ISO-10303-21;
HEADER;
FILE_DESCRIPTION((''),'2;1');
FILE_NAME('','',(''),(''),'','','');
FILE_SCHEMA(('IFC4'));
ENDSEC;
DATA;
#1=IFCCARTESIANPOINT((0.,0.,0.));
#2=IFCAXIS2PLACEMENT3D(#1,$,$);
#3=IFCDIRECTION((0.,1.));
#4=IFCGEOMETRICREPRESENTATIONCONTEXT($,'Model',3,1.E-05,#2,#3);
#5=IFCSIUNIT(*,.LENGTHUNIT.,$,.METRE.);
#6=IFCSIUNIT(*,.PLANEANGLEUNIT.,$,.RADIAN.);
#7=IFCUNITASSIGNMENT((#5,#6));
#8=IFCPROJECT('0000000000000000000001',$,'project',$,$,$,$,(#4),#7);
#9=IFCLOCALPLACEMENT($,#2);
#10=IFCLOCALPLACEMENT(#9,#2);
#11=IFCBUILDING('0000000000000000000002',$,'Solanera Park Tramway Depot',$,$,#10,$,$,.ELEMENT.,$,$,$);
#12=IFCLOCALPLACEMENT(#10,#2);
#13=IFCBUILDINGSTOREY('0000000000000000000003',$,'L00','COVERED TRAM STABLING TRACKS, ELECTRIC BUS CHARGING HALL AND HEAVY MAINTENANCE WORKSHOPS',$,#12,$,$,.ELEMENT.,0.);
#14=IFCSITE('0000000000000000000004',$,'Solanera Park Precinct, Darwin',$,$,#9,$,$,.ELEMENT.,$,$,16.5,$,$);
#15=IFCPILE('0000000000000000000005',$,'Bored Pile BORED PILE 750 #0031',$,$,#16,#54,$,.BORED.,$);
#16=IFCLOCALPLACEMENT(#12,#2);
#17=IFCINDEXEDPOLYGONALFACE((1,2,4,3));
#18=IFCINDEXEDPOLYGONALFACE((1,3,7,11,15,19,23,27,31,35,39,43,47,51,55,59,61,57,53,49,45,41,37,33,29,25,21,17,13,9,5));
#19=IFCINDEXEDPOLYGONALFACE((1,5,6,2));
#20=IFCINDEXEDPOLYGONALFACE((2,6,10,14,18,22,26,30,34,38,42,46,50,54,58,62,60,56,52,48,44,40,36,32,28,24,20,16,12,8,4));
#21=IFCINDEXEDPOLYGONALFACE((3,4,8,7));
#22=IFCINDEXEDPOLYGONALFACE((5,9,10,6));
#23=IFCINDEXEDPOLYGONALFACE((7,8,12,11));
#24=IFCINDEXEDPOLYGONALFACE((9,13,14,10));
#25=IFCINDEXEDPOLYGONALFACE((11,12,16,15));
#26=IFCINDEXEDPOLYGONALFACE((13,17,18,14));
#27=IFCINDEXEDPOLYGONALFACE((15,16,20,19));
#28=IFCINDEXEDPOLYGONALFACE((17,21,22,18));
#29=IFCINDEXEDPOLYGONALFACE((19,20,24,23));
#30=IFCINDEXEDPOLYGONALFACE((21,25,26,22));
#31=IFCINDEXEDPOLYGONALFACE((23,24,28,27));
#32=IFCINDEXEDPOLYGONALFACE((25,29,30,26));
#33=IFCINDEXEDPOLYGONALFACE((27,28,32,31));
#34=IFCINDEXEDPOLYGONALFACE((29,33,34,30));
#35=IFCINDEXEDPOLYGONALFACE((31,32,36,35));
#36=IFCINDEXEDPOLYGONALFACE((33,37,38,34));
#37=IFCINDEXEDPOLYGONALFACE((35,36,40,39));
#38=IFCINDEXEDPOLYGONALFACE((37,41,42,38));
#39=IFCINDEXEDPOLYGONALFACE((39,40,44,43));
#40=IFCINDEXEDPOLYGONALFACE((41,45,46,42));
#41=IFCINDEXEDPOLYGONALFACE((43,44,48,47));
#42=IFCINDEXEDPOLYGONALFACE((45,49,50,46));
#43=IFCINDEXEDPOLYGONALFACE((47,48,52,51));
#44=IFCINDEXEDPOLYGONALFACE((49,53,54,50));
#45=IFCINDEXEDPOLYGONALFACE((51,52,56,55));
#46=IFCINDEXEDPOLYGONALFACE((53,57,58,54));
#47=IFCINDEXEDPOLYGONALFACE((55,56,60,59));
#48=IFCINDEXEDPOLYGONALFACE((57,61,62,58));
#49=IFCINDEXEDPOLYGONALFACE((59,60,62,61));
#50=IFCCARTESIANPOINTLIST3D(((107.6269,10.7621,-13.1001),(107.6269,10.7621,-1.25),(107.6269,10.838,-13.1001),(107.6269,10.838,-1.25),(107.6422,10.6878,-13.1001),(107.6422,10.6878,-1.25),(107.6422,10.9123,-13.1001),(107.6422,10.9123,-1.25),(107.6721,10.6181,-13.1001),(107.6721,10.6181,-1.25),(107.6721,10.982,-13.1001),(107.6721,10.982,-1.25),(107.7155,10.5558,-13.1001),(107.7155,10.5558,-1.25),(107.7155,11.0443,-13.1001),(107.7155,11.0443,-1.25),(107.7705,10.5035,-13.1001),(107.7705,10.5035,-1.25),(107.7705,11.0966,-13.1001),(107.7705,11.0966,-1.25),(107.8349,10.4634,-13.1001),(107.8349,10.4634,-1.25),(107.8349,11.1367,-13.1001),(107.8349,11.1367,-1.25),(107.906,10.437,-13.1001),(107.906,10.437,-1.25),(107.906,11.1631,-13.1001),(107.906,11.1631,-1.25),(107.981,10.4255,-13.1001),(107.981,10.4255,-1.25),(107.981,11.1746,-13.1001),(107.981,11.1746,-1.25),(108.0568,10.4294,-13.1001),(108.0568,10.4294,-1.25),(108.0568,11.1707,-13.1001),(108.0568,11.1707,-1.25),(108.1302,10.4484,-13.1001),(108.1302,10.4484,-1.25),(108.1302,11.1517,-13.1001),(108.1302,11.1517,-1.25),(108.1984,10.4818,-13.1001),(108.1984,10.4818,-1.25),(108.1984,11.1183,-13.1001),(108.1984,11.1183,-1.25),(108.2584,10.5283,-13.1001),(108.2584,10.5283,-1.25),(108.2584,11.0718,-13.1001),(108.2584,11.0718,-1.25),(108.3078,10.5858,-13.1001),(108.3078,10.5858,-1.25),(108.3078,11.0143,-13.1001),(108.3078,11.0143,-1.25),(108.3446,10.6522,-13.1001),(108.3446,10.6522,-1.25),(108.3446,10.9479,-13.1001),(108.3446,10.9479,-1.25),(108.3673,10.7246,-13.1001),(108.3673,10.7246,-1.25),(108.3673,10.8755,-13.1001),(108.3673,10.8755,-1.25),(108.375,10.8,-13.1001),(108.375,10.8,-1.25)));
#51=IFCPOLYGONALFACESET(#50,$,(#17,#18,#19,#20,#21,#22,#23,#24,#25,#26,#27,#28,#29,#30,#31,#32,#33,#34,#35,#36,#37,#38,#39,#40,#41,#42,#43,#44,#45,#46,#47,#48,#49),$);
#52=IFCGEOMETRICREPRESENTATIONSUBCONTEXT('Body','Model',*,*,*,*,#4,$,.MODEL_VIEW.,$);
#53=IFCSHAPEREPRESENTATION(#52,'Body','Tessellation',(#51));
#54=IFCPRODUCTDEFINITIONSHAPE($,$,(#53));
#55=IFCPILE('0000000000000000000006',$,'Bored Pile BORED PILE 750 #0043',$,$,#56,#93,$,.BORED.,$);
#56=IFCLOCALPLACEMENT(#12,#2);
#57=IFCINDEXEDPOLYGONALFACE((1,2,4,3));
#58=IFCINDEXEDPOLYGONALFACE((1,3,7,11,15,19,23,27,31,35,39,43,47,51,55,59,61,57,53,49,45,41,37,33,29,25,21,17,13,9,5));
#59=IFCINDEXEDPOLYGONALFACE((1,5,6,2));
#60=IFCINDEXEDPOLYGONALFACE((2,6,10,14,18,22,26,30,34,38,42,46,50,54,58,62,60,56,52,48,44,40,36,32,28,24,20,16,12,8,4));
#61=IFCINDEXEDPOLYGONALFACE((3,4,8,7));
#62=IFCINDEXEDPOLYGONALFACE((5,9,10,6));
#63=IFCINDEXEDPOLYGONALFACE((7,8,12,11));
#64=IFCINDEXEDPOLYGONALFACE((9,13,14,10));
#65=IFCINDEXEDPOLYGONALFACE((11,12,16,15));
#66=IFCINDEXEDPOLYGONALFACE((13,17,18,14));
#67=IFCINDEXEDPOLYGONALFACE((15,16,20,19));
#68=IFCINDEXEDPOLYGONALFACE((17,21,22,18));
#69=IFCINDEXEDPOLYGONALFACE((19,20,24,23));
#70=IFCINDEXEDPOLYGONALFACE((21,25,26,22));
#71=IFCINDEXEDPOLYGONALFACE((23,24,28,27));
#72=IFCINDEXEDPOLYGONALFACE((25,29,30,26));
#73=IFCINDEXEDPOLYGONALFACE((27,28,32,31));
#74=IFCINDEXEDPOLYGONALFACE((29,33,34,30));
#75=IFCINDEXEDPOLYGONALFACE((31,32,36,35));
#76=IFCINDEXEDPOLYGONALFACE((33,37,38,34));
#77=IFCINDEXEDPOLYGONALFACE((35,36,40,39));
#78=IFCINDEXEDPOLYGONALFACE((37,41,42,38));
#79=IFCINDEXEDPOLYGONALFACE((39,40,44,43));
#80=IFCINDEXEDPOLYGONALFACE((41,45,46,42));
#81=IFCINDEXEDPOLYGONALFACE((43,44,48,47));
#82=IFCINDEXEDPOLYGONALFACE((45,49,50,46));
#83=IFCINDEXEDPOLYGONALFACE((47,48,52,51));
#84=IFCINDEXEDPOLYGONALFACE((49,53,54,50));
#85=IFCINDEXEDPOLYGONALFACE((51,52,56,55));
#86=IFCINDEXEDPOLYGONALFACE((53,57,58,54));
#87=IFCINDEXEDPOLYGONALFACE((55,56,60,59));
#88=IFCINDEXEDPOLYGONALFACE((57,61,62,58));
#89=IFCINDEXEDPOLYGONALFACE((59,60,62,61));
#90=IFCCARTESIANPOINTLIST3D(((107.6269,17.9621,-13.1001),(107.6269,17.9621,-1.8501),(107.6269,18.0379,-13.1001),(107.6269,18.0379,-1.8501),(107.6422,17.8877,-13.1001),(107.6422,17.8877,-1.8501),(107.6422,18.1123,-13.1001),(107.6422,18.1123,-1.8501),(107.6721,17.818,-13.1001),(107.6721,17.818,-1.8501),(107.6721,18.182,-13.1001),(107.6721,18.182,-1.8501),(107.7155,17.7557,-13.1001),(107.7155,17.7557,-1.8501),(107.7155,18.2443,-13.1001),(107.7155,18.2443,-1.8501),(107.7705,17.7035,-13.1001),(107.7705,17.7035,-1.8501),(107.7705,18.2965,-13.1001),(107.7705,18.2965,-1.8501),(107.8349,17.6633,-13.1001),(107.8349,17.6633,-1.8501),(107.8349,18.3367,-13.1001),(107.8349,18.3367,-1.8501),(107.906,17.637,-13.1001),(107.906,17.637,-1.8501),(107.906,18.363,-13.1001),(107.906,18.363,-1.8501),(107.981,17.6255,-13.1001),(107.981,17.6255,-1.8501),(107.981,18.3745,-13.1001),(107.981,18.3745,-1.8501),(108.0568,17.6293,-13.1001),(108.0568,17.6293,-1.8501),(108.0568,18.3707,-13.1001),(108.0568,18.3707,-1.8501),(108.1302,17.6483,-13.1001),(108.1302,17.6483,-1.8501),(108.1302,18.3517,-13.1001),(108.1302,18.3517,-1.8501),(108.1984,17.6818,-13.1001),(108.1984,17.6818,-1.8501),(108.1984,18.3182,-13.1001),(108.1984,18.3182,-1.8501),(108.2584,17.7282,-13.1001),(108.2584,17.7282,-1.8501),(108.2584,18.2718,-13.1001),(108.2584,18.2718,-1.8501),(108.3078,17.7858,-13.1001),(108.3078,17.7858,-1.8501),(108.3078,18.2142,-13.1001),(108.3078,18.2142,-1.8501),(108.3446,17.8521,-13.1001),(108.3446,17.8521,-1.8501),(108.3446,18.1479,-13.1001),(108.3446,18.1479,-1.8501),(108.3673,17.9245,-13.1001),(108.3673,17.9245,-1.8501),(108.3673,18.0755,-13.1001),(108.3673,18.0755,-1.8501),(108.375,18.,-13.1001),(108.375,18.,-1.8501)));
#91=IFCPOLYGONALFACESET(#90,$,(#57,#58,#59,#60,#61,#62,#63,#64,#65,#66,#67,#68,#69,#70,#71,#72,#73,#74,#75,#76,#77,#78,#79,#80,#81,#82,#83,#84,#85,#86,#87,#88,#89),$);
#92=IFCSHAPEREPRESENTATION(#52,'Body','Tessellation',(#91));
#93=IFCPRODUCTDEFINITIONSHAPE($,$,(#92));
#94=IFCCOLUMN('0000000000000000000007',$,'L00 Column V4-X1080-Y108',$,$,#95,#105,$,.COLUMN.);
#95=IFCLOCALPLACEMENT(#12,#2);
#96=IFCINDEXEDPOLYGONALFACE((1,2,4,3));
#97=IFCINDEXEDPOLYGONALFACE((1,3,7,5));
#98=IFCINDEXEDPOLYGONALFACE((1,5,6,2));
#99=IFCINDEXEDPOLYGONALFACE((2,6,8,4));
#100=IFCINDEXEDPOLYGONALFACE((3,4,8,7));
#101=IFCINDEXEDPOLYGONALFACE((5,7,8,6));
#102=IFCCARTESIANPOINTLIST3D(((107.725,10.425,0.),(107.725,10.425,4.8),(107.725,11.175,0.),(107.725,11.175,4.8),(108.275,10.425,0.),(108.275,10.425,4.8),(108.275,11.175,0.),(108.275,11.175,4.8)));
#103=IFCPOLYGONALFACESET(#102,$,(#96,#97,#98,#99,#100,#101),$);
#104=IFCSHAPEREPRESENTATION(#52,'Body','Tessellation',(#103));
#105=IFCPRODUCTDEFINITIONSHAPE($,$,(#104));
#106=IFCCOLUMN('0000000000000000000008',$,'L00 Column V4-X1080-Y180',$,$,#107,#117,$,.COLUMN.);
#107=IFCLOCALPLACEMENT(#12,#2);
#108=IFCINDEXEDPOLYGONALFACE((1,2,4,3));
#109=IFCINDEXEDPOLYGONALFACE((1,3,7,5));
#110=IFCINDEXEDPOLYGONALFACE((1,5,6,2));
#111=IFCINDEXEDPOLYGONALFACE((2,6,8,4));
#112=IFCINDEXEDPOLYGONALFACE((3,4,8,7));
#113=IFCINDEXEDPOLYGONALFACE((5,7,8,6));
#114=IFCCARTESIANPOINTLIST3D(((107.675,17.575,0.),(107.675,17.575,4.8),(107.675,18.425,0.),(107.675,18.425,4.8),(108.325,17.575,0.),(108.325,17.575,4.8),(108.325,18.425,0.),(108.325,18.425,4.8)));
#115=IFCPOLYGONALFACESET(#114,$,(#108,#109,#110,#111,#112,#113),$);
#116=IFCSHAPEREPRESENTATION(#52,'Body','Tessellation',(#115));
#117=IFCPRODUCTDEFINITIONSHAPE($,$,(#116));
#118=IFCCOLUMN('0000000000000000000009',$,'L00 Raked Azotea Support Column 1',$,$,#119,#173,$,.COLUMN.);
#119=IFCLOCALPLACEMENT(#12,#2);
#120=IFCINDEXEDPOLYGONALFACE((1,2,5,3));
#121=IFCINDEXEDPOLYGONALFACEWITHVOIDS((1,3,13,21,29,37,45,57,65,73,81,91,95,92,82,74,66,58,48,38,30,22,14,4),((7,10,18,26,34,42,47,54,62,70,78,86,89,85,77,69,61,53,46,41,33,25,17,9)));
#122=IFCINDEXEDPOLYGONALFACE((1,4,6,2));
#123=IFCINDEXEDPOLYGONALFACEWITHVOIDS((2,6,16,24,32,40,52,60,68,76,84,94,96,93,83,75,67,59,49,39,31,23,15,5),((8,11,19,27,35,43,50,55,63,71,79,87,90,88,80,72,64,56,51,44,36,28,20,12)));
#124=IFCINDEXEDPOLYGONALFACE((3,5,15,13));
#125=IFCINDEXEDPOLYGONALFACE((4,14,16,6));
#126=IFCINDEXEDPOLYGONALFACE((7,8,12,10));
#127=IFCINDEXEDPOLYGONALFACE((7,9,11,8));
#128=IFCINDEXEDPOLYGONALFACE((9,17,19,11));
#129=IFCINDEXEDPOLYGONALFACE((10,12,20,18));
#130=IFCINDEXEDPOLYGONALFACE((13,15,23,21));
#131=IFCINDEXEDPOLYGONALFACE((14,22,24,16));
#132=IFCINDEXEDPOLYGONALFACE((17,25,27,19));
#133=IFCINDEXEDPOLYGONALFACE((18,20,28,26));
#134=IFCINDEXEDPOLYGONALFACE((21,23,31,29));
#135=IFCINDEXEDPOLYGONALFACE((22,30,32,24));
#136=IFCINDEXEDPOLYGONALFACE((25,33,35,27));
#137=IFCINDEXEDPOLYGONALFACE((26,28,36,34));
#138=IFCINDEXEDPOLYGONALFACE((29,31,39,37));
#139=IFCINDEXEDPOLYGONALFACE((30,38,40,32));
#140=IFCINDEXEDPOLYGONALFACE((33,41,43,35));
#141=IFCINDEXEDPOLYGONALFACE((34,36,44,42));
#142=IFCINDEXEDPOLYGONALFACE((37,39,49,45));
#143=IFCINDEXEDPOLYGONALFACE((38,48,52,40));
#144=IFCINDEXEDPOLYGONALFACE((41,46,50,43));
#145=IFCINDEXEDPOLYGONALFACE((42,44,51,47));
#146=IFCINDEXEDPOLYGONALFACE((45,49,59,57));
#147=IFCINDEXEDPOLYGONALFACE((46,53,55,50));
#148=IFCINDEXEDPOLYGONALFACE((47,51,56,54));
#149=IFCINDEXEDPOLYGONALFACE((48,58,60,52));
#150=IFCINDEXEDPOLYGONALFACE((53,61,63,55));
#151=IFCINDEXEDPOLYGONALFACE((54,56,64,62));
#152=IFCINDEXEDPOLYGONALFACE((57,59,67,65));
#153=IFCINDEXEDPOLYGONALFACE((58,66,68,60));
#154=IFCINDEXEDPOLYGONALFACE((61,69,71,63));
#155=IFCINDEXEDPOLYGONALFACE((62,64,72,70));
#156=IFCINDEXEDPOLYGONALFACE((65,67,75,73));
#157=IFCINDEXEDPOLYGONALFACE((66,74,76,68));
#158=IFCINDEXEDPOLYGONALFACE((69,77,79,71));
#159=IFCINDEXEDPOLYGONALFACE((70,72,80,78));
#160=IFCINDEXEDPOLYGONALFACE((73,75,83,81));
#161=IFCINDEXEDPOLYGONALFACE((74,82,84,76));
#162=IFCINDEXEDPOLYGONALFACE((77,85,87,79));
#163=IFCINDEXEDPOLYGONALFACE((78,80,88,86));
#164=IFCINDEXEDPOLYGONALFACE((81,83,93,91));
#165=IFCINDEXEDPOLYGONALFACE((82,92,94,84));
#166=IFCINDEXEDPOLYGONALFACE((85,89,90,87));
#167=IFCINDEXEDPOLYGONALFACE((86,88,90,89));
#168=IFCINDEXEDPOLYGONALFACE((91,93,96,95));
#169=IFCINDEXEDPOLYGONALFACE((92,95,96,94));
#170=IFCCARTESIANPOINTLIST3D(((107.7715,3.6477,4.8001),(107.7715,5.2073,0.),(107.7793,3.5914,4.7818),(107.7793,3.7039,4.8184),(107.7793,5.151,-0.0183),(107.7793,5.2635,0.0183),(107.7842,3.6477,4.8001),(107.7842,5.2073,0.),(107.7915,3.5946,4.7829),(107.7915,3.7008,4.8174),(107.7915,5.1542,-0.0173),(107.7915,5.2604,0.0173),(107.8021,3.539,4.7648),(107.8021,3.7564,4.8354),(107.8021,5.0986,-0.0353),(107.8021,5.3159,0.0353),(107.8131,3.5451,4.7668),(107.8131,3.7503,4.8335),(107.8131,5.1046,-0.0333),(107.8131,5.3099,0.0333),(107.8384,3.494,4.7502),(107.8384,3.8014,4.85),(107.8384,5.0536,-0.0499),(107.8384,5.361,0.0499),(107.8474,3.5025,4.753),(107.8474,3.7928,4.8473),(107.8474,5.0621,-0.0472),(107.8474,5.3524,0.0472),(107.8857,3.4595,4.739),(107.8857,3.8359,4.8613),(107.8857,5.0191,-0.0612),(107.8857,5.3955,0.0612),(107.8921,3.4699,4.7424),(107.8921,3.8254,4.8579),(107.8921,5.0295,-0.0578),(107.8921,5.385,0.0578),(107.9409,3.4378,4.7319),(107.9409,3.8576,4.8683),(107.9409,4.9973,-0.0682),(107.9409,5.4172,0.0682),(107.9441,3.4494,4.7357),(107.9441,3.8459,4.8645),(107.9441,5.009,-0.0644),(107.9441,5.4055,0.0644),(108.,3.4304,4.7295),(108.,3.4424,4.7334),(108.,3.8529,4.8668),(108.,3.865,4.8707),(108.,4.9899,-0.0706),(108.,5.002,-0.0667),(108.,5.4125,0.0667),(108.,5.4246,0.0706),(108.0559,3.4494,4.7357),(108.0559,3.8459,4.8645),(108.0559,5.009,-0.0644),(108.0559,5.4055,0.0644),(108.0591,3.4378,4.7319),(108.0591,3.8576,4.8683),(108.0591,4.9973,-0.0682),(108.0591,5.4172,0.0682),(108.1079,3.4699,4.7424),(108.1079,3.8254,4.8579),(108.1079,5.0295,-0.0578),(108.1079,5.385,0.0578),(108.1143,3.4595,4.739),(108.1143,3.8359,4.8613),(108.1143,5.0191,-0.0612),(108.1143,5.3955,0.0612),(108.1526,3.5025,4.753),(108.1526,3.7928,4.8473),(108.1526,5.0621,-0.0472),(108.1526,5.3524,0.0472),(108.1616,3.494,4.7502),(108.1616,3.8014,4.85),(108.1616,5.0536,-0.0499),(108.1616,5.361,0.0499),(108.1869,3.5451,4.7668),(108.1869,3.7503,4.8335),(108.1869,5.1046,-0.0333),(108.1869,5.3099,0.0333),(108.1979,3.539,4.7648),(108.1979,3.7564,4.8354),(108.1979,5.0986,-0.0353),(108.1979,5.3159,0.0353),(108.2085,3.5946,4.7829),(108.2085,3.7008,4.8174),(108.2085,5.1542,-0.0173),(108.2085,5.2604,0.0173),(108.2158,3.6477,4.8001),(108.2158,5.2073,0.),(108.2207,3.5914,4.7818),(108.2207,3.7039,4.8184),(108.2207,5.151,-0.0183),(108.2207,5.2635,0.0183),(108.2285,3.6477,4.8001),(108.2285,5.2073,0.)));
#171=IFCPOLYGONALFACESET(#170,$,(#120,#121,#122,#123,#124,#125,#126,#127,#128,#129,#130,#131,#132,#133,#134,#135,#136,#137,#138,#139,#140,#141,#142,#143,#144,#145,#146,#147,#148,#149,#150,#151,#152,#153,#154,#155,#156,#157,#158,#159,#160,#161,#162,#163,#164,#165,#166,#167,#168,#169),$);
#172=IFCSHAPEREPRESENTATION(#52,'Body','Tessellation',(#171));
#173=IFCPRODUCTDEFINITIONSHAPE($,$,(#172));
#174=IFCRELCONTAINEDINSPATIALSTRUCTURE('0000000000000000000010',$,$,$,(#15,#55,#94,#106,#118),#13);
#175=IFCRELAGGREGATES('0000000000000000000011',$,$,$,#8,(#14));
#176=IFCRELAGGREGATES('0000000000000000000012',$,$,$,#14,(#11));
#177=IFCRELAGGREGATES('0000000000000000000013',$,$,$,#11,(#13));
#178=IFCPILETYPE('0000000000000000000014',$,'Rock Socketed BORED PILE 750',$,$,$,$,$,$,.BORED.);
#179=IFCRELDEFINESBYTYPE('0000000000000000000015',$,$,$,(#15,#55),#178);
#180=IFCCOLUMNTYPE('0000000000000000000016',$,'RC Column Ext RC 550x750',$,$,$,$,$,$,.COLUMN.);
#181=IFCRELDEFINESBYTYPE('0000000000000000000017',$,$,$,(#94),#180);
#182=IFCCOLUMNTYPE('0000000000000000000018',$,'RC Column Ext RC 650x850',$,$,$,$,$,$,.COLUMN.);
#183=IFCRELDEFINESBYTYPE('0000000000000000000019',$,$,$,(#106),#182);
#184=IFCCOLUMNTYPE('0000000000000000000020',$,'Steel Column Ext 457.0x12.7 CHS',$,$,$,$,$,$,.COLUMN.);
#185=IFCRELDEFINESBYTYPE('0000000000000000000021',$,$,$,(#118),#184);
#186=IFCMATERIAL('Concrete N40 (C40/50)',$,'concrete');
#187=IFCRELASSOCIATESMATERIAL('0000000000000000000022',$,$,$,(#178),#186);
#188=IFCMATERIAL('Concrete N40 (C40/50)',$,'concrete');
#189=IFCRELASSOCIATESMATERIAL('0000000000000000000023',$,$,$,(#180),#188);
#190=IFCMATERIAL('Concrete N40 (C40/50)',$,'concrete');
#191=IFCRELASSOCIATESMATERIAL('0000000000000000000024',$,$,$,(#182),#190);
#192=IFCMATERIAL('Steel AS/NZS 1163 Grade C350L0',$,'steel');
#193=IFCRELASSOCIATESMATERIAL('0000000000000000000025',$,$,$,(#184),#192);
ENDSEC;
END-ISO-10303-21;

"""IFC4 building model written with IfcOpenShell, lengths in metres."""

from ifc_helpers import new_model, si_unit, direction, frame, origin, origin_2d, place, context, subcontext, project, spatial, rectangle, circle, hollow_circle, extrude, material, material_profile, profile_set, type_object, element, save


model = new_model("IFC4")

# Units and contexts
model_context = context("Model", 3, precision=1e-05, world=origin(), true_north=direction((0.0, 1.0)))
body_context = subcontext(model_context, "Body", "Model", "MODEL_VIEW")
ifc_project = project(units=[si_unit("LENGTHUNIT", "METRE"), si_unit("PLANEANGLEUNIT", "RADIAN")], contexts=[model_context])

# Site, building, storey
site_placement = place(None, origin())
site = spatial("IfcSite", under=ifc_project, at=site_placement, Name="Solanera Park Precinct, Darwin", CompositionType="ELEMENT", RefElevation=16.5)
building_placement = place(site_placement, origin())
building = spatial("IfcBuilding", under=site, at=building_placement, Name="Solanera Park Tramway Depot", CompositionType="ELEMENT")
storey_placement = place(building_placement, origin())
storey = spatial("IfcBuildingStorey", under=building, at=storey_placement, Name="L00", Description="COVERED TRAM STABLING TRACKS, ELECTRIC BUS CHARGING HALL AND HEAVY MAINTENANCE WORKSHOPS", CompositionType="ELEMENT", Elevation=0.0)

# Piles
ifc_material_1 = material(Name="Concrete N40 (C40/50)", Category="concrete")
ifc_material_profile_1 = material_profile(ifc_material_1, circle(Radius=0.375, at=origin_2d()), Name="BORED PILE 750")
ifc_profile_set_1 = profile_set([ifc_material_profile_1], Name="Concrete N40 (C40/50)")
pile_type = type_object("IfcPileType", Name="Rock Socketed BORED PILE 750", PredefinedType="BORED", material=ifc_profile_set_1)
pile_1_placement = place(storey_placement, frame((108.0, 10.8, -1.25), z_axis=(0.0, 0.0, -1.0), x_axis=(1.0, 0.0, 0.0)))
element("IfcPile", 1, at=pile_1_placement, inside=storey, type_object=pile_type, Name="Bored Pile BORED PILE 750 #0031", PredefinedType="BORED", context=body_context, shape_type="SweptSolid", body=[
    extrude(circle(Radius=0.375, at=origin_2d()), origin(), (0.0, 0.0, 1.0), 11.8501),
])
pile_2_placement = place(storey_placement, frame((108.0, 18.0, -1.8501), z_axis=(0.0, 0.0, -1.0), x_axis=(1.0, 0.0, 0.0)))
element("IfcPile", 2, at=pile_2_placement, inside=storey, type_object=pile_type, Name="Bored Pile BORED PILE 750 #0043", PredefinedType="BORED", context=body_context, shape_type="SweptSolid", body=[
    extrude(circle(Radius=0.375, at=origin_2d()), origin(), (0.0, 0.0, 1.0), 11.25),
])

# Columns
ifc_material_2 = material(Name="Concrete N40 (C40/50)", Category="concrete")
ifc_material_profile_2 = material_profile(ifc_material_2, rectangle(XDim=0.55, YDim=0.75, at=origin_2d()), Name="RC 550x750")
ifc_profile_set_2 = profile_set([ifc_material_profile_2], Name="Concrete N40 (C40/50)")
column_type_1 = type_object("IfcColumnType", Name="RC Column Ext RC 550x750", PredefinedType="COLUMN", material=ifc_profile_set_2)
column_1_placement = place(storey_placement, frame((108.0, 10.8, 0.0), z_axis=(0.0, 0.0, 1.0), x_axis=(1.0, 0.0, 0.0)))
element("IfcColumn", 3, at=column_1_placement, inside=storey, type_object=column_type_1, Name="L00 Column V4-X1080-Y108", PredefinedType="COLUMN", context=body_context, shape_type="SweptSolid", body=[
    extrude(rectangle(XDim=0.55, YDim=0.75, at=origin_2d()), origin(), (0.0, 0.0, 1.0), 4.8),
])
ifc_material_3 = material(Name="Concrete N40 (C40/50)", Category="concrete")
ifc_material_profile_3 = material_profile(ifc_material_3, rectangle(XDim=0.6499, YDim=0.8501, at=origin_2d()), Name="RC 650x850")
ifc_profile_set_3 = profile_set([ifc_material_profile_3], Name="Concrete N40 (C40/50)")
column_type_2 = type_object("IfcColumnType", Name="RC Column Ext RC 650x850", PredefinedType="COLUMN", material=ifc_profile_set_3)
column_2_placement = place(storey_placement, frame((108.0, 18.0, 0.0), z_axis=(0.0, 0.0, 1.0), x_axis=(1.0, 0.0, 0.0)))
element("IfcColumn", 4, at=column_2_placement, inside=storey, type_object=column_type_2, Name="L00 Column V4-X1080-Y180", PredefinedType="COLUMN", context=body_context, shape_type="SweptSolid", body=[
    extrude(rectangle(XDim=0.6499, YDim=0.8501, at=origin_2d()), origin(), (0.0, 0.0, 1.0), 4.8),
])
ifc_material_4 = material(Name="Steel AS/NZS 1163 Grade C350L0", Category="steel")
ifc_material_profile_4 = material_profile(ifc_material_4, hollow_circle(Radius=0.2285, WallThickness=0.0127, at=origin_2d()), Name="457.0x12.7 CHS")
ifc_profile_set_4 = profile_set([ifc_material_profile_4], Name="Steel AS/NZS 1163 Grade C350L0")
column_type_3 = type_object("IfcColumnType", Name="Steel Column Ext 457.0x12.7 CHS", PredefinedType="COLUMN", material=ifc_profile_set_4)
column_3_placement = place(storey_placement, frame((108.0, 5.2073, 0.0), z_axis=(0.0, -0.309006, 0.95106), x_axis=(1.0, 0.0, 0.0)))
element("IfcColumn", 5, at=column_3_placement, inside=storey, type_object=column_type_3, Name="L00 Raked Azotea Support Column 1", PredefinedType="COLUMN", context=body_context, shape_type="SweptSolid", body=[
    extrude(hollow_circle(Radius=0.2285, WallThickness=0.0127, at=origin_2d()), origin(), (0.0, 0.0, 1.0), 5.0471),
])

save(model, "model.ifc")
